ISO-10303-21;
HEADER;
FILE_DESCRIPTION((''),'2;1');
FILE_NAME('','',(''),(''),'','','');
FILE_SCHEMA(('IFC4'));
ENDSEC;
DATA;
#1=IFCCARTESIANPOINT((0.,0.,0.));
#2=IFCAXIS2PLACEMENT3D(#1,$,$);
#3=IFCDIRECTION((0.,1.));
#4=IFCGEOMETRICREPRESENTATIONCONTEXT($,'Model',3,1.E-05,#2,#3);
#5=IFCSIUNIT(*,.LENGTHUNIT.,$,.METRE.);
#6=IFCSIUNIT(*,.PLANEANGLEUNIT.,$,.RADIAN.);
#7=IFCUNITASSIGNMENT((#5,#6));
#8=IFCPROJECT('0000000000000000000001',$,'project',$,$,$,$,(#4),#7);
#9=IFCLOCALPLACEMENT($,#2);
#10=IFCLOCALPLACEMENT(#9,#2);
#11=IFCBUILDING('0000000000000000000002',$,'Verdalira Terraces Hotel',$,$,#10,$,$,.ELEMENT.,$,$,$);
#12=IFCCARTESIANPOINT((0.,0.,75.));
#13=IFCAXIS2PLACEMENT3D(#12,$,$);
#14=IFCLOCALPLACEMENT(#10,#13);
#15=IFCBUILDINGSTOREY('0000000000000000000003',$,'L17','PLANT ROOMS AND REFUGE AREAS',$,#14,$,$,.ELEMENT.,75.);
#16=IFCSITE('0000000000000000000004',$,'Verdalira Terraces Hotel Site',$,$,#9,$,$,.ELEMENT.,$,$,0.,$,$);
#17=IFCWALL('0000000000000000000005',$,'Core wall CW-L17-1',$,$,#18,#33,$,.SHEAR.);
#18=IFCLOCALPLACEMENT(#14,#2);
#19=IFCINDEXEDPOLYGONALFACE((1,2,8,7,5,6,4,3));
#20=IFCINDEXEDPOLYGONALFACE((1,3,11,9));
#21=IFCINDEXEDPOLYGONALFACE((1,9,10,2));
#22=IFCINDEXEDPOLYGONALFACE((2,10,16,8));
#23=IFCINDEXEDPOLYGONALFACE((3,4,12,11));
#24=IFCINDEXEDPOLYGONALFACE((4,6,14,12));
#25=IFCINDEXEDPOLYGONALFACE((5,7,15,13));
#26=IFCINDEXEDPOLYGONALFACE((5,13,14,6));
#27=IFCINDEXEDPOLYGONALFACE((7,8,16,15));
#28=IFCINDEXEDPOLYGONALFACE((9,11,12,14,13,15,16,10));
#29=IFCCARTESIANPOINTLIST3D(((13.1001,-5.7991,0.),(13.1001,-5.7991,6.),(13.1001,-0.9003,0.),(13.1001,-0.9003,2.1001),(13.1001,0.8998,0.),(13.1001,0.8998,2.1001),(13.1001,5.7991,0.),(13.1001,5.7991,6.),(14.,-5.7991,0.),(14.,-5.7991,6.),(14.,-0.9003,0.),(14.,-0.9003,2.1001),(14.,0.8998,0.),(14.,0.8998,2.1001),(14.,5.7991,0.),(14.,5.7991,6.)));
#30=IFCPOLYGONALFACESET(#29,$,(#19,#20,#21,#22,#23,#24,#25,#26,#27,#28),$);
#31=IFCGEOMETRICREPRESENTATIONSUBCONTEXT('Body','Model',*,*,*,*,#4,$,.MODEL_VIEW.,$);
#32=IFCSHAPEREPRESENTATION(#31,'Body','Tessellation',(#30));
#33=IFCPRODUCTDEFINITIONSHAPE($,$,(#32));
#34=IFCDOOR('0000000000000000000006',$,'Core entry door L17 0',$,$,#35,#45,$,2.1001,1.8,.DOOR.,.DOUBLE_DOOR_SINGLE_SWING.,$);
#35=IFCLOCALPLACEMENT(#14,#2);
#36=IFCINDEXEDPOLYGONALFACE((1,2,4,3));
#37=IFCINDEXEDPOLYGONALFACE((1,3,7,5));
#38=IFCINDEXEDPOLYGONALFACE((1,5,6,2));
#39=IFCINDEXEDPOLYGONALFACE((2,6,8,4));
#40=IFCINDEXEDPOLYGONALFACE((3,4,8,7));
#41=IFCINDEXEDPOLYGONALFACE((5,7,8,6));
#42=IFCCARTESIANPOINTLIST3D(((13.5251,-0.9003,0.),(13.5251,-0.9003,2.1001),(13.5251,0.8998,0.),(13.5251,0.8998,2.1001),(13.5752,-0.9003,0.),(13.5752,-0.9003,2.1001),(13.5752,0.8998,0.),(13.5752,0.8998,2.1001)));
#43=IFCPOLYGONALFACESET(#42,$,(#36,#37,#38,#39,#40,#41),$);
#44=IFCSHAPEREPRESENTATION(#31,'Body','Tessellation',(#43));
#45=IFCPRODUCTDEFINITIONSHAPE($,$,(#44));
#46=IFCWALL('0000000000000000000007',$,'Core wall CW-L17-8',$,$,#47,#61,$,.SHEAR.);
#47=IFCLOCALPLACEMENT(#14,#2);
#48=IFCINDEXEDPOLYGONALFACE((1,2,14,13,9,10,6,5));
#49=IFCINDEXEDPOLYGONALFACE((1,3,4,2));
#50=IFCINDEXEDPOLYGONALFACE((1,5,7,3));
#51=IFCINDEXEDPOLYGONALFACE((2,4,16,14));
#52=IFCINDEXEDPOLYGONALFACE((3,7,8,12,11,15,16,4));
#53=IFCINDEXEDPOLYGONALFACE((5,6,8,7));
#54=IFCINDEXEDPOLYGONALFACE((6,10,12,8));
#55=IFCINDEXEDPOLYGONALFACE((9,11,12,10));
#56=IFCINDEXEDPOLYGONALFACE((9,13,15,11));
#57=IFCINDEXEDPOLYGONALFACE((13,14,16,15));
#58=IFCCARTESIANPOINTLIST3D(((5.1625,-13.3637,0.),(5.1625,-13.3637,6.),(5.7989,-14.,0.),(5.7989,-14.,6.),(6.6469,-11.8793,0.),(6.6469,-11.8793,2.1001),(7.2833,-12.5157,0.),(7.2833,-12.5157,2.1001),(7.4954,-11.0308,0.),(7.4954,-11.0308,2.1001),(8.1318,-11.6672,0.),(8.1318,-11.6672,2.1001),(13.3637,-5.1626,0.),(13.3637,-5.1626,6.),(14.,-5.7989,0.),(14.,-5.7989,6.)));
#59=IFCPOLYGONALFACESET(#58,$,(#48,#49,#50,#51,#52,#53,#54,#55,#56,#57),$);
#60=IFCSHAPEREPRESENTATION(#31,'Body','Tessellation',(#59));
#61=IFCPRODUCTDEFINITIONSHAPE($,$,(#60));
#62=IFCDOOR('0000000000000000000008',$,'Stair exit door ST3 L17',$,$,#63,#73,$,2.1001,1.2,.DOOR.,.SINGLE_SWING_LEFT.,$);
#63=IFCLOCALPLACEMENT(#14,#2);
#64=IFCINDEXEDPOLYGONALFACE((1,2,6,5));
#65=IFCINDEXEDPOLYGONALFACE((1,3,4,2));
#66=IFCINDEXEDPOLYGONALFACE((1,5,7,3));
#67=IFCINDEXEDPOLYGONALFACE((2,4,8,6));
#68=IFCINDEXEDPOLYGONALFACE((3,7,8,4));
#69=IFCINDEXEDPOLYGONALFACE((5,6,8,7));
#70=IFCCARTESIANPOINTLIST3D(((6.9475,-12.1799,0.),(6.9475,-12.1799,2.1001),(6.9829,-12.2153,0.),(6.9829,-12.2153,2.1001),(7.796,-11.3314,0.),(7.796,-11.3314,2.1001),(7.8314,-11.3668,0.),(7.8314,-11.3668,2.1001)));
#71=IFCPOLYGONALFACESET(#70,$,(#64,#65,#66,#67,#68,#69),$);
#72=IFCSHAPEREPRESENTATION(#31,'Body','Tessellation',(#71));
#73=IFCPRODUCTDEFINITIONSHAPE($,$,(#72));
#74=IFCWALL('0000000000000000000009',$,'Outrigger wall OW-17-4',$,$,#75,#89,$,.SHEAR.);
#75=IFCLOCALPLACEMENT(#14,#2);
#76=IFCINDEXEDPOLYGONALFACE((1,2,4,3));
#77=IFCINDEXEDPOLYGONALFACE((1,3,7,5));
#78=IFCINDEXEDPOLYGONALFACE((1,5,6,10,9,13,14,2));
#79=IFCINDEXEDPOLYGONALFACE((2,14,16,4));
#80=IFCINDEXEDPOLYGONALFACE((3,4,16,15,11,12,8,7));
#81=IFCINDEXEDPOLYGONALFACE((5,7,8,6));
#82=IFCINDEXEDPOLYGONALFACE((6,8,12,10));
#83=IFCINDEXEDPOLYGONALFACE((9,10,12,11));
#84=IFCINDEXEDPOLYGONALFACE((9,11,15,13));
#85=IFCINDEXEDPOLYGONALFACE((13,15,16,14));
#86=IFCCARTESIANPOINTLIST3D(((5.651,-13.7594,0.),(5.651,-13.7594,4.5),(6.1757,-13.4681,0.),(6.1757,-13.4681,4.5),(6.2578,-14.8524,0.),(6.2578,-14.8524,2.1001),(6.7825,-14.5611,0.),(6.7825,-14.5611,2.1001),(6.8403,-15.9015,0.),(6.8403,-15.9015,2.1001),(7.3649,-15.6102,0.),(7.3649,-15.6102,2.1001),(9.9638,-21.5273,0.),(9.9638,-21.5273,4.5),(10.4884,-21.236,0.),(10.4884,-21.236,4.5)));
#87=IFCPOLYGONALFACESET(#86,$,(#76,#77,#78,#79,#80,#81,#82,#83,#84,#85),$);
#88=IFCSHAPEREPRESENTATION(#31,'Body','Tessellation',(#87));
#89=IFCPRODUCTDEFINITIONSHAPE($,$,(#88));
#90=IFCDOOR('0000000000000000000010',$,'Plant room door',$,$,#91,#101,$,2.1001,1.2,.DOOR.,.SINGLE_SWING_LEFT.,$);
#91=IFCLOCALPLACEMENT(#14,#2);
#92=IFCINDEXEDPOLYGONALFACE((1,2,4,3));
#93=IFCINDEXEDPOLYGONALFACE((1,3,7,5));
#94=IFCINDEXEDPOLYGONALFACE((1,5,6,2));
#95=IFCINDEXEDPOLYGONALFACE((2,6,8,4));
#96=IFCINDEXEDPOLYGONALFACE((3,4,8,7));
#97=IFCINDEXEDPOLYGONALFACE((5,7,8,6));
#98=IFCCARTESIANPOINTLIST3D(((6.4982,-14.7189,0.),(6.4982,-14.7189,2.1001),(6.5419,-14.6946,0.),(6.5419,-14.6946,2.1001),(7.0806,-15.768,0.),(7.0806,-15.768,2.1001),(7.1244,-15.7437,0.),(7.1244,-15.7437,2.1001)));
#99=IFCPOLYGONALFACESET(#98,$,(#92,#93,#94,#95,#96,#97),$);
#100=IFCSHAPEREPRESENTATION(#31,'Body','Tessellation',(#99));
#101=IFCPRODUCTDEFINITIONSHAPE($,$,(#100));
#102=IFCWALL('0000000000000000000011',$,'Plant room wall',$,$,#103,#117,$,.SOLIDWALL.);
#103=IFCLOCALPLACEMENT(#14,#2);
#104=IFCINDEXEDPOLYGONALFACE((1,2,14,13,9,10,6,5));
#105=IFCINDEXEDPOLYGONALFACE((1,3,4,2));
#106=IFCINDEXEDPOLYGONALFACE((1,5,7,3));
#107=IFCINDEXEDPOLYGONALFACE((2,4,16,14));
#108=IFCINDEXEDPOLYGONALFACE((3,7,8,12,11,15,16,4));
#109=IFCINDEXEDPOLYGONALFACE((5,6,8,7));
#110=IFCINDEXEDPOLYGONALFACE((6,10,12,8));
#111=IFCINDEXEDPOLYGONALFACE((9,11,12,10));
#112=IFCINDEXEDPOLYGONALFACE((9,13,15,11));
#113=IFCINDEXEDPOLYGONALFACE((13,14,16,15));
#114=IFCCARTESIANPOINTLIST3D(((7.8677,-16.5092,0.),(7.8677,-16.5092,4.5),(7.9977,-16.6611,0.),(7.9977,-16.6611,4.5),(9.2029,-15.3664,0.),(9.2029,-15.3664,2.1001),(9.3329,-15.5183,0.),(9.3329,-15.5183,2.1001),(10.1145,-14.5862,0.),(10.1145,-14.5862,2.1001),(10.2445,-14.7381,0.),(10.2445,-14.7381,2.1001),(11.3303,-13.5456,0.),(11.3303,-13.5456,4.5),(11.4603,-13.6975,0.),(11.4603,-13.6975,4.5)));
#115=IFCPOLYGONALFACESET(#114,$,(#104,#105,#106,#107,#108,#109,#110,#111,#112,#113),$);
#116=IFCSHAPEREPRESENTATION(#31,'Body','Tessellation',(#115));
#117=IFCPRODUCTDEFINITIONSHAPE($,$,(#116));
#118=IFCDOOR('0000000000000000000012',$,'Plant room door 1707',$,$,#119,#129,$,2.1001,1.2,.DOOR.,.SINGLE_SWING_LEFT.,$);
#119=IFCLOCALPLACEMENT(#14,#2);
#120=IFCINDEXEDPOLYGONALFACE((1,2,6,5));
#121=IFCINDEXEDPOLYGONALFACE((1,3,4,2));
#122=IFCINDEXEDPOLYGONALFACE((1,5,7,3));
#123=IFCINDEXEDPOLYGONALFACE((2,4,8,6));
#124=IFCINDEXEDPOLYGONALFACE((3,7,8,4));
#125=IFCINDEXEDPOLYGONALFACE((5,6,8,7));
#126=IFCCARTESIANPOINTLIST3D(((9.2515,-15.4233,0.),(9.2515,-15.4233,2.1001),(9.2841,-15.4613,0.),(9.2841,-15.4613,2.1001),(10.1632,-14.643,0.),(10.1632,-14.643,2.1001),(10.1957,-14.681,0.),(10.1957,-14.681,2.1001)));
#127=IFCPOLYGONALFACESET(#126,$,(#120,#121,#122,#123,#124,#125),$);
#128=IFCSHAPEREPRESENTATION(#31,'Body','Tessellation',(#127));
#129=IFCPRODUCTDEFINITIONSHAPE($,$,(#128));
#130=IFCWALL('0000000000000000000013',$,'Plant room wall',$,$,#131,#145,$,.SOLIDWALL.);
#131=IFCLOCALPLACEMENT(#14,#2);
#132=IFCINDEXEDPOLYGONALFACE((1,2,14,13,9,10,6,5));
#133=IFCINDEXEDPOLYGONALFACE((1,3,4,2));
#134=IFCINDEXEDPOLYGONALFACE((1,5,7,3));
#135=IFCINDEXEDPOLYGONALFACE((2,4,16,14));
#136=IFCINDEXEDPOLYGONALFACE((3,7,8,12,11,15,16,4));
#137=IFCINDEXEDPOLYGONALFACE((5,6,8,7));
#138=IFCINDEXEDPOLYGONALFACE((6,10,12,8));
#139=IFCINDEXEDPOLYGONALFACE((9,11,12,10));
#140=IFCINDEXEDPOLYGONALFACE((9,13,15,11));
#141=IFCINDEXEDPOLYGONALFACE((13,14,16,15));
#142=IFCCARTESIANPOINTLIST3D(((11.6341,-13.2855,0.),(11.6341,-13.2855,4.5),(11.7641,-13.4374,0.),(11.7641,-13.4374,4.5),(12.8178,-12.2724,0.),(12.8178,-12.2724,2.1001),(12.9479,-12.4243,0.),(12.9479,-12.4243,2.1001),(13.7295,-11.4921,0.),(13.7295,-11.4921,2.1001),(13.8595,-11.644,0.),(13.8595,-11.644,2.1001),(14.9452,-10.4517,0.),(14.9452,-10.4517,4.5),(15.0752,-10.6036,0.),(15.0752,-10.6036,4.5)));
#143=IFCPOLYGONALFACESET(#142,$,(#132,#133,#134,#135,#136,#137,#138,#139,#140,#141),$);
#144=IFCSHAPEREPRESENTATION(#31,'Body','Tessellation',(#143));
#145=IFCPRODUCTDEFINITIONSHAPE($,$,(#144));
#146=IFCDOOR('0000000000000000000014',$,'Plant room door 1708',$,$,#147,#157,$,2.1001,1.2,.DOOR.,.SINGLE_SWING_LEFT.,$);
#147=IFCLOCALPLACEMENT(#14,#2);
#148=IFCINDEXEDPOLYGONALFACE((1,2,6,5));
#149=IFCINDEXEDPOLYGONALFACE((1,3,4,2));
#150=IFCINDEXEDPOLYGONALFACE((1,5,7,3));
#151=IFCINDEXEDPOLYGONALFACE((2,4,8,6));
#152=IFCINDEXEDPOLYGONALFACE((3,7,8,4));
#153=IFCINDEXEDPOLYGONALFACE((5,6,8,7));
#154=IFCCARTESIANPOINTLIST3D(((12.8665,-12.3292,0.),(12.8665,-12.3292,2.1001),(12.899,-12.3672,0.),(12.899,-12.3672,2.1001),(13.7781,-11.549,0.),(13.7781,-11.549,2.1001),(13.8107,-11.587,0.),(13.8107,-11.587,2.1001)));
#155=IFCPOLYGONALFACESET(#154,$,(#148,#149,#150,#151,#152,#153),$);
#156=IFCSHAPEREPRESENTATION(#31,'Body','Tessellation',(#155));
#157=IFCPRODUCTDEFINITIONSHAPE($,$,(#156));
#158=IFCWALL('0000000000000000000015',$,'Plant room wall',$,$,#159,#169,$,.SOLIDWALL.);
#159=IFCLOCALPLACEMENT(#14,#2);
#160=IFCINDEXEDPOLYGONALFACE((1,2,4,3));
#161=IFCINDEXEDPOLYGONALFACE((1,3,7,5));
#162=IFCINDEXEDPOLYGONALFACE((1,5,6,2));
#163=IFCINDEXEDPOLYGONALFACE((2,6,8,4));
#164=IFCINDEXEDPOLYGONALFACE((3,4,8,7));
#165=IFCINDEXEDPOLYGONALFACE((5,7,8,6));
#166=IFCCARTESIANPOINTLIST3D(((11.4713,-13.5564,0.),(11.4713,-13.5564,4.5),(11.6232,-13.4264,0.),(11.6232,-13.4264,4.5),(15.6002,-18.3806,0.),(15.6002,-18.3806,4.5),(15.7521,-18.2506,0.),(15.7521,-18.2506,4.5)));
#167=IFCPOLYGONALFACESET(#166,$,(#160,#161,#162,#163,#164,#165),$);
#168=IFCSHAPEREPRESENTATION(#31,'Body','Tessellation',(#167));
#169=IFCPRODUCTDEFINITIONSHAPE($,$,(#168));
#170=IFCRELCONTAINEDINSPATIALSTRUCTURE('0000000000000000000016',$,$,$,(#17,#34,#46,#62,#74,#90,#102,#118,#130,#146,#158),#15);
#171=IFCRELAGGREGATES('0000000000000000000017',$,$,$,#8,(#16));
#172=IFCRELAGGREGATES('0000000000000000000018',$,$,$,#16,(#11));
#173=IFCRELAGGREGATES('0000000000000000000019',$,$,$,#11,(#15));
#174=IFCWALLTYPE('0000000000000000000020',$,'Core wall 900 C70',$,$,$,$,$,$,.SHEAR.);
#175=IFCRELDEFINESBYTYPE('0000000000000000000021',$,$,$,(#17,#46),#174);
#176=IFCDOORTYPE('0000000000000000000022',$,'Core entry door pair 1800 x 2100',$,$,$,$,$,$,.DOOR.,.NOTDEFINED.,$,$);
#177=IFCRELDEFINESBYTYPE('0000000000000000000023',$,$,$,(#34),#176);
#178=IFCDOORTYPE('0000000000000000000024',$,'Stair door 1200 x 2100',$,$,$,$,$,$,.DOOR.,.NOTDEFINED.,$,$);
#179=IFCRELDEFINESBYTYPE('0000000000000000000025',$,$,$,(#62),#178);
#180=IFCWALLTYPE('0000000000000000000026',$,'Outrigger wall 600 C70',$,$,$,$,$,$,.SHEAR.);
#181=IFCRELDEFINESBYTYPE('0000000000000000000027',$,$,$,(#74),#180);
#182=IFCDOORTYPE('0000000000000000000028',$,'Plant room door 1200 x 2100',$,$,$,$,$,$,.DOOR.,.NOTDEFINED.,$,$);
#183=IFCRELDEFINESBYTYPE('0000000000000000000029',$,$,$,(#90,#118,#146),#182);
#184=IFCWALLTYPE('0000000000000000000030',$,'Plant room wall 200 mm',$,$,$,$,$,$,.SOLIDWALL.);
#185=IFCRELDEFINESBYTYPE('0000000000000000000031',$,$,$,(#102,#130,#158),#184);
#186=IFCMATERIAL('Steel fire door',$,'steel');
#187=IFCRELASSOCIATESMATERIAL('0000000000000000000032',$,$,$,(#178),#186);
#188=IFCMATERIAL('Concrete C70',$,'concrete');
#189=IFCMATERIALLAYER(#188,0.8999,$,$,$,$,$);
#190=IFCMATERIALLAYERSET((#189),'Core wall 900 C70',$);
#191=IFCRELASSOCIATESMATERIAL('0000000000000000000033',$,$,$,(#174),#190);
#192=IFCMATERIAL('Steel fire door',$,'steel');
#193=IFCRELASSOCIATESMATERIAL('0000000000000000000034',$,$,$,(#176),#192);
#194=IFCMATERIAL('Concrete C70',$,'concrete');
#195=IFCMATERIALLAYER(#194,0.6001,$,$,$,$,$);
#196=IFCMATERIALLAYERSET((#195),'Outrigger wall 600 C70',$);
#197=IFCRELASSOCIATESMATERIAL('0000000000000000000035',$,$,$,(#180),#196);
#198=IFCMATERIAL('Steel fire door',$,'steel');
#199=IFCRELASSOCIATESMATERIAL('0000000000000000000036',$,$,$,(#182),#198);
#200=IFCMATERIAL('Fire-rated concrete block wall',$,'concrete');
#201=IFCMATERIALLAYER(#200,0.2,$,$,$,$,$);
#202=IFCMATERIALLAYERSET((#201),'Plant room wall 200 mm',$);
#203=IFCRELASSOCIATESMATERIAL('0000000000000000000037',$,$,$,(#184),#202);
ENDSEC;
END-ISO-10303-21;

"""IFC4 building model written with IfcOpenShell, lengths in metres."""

from ifc_helpers import new_model, si_unit, direction, frame, frame_2d, origin, place, context, subcontext, project, spatial, rectangle, extrude, material, layer, layer_set, type_object, element, fill, save


model = new_model("IFC4")

# Units and contexts
model_context = context("Model", 3, precision=1e-05, world=origin(), true_north=direction((0.0, 1.0)))
body_context = subcontext(model_context, "Body", "Model", "MODEL_VIEW")
ifc_project = project(units=[si_unit("LENGTHUNIT", "METRE"), si_unit("PLANEANGLEUNIT", "RADIAN")], contexts=[model_context])

# Site, building, storey
site_placement = place(None, origin())
site = spatial("IfcSite", under=ifc_project, at=site_placement, Name="Verdalira Terraces Hotel Site", CompositionType="ELEMENT", RefElevation=0.0)
building_placement = place(site_placement, origin())
building = spatial("IfcBuilding", under=site, at=building_placement, Name="Verdalira Terraces Hotel", CompositionType="ELEMENT")
storey_placement = place(building_placement, frame((0.0, 0.0, 75.0)))
storey = spatial("IfcBuildingStorey", under=building, at=storey_placement, Name="L17", Description="PLANT ROOMS AND REFUGE AREAS", CompositionType="ELEMENT", Elevation=75.0)

# Shared definitions
ifc_material_1 = material(Name="Steel fire door", Category="steel")
door_type_1 = type_object("IfcDoorType", Name="Stair door 1200 x 2100", OperationType="NOTDEFINED", PredefinedType="DOOR", material=ifc_material_1)

# Walls, openings, doors
ifc_material_2 = material(Name="Concrete C70", Category="concrete")
ifc_layer_1 = layer(ifc_material_2, 0.8999)
ifc_layer_set_1 = layer_set([ifc_layer_1], Name="Core wall 900 C70")
wall_type_1 = type_object("IfcWallType", Name="Core wall 900 C70", PredefinedType="SHEAR", material=ifc_layer_set_1)
wall_1_placement = place(storey_placement, frame((13.55, -5.7991, 0.0), z_axis=(0.0, 0.0, 1.0), x_axis=(0.0, 1.0, 0.0)))
wall_1 = element("IfcWall", 1, at=wall_1_placement, inside=storey, type_object=wall_type_1, Name="Core wall CW-L17-1", PredefinedType="SHEAR", context=body_context, shape_type="SweptSolid", body=[
    extrude(rectangle(XDim=11.5981, YDim=0.8999, at=frame_2d((5.7991, 0.0))), origin(), (0.0, 0.0, 1.0), 6.0),
])
opening_1_placement = place(wall_1_placement, frame((4.8989, 0.0, 0.0)))
opening_1 = element("IfcOpeningElement", 2, at=opening_1_placement, cuts=wall_1, PredefinedType="OPENING", context=body_context, shape_type="SweptSolid", body=[
    extrude(rectangle(XDim=1.8, YDim=2.1001, at=frame_2d((0.8999, 1.05))), frame((0.0, 0.46, 0.0), z_axis=(0.0, -1.0, 0.0), x_axis=(1.0, 0.0, 0.0)), (0.0, 0.0, 1.0), 0.9199),
])
ifc_material_3 = material(Name="Steel fire door", Category="steel")
door_type_2 = type_object("IfcDoorType", Name="Core entry door pair 1800 x 2100", OperationType="NOTDEFINED", PredefinedType="DOOR", material=ifc_material_3)
door_1_placement = place(opening_1_placement, origin())
door_1 = element("IfcDoor", 3, at=door_1_placement, inside=storey, type_object=door_type_2, Name="Core entry door L17 0", OperationType="DOUBLE_DOOR_SINGLE_SWING", OverallHeight=2.1001, OverallWidth=1.8, PredefinedType="DOOR", context=body_context, shape_type="SweptSolid", body=[
    extrude(rectangle(XDim=1.8, YDim=2.1001, at=frame_2d((0.8999, 1.05))), frame((0.0, 0.0249, 0.0), z_axis=(0.0, -1.0, 0.0), x_axis=(1.0, 0.0, 0.0)), (0.0, 0.0, 1.0), 0.05),
])
fill(opening_1, door_1)
wall_2_placement = place(storey_placement, frame((5.4807, -13.6819, 0.0), z_axis=(0.0, 0.0, 1.0), x_axis=(0.707107, 0.707107, 0.0)))
wall_2 = element("IfcWall", 4, at=wall_2_placement, inside=storey, type_object=wall_type_1, Name="Core wall CW-L17-8", PredefinedType="SHEAR", context=body_context, shape_type="SweptSolid", body=[
    extrude(rectangle(XDim=11.5981, YDim=0.8999, at=frame_2d((5.7991, 0.0))), origin(), (0.0, 0.0, 1.0), 6.0),
])
opening_2_placement = place(wall_2_placement, frame((2.0991, 0.0, 0.0)))
opening_2 = element("IfcOpeningElement", 5, at=opening_2_placement, cuts=wall_2, PredefinedType="OPENING", context=body_context, shape_type="SweptSolid", body=[
    extrude(rectangle(XDim=1.2, YDim=2.1001, at=frame_2d((0.6001, 1.05))), frame((0.0, 0.46, 0.0), z_axis=(0.0, -1.0, 0.0), x_axis=(1.0, 0.0, 0.0)), (0.0, 0.0, 1.0), 0.9199),
])
door_2_placement = place(opening_2_placement, origin())
door_2 = element("IfcDoor", 6, at=door_2_placement, inside=storey, type_object=door_type_1, Name="Stair exit door ST3 L17", OperationType="SINGLE_SWING_LEFT", OverallHeight=2.1001, OverallWidth=1.2, PredefinedType="DOOR", context=body_context, shape_type="SweptSolid", body=[
    extrude(rectangle(XDim=1.2, YDim=2.1001, at=frame_2d((0.6001, 1.05))), frame((0.0, 0.0249, 0.0), z_axis=(0.0, -1.0, 0.0), x_axis=(1.0, 0.0, 0.0)), (0.0, 0.0, 1.0), 0.05),
])
fill(opening_2, door_2)
ifc_material_4 = material(Name="Concrete C70", Category="concrete")
ifc_layer_2 = layer(ifc_material_4, 0.6001)
ifc_layer_set_2 = layer_set([ifc_layer_2], Name="Outrigger wall 600 C70")
wall_type_2 = type_object("IfcWallType", Name="Outrigger wall 600 C70", PredefinedType="SHEAR", material=ifc_layer_set_2)
wall_3_placement = place(storey_placement, frame((5.9133, -13.6138, 0.0), z_axis=(0.0, 0.0, 1.0), x_axis=(0.48541, -0.874287, 0.0)))
wall_3 = element("IfcWall", 7, at=wall_3_placement, inside=storey, type_object=wall_type_2, Name="Outrigger wall OW-17-4", PredefinedType="SHEAR", context=body_context, shape_type="SweptSolid", body=[
    extrude(rectangle(XDim=8.8848, YDim=0.6001, at=frame_2d((4.4424, 0.0))), origin(), (0.0, 0.0, 1.0), 4.5),
])
opening_3_placement = place(wall_3_placement, frame((1.25, 0.0, 0.0)))
opening_3 = element("IfcOpeningElement", 8, at=opening_3_placement, cuts=wall_3, PredefinedType="OPENING", context=body_context, shape_type="SweptSolid", body=[
    extrude(rectangle(XDim=1.2, YDim=2.1001, at=frame_2d((0.6001, 1.05))), frame((0.0, 0.3101, 0.0), z_axis=(0.0, -1.0, 0.0), x_axis=(1.0, 0.0, 0.0)), (0.0, 0.0, 1.0), 0.6201),
])
ifc_material_5 = material(Name="Steel fire door", Category="steel")
door_type_3 = type_object("IfcDoorType", Name="Plant room door 1200 x 2100", OperationType="NOTDEFINED", PredefinedType="DOOR", material=ifc_material_5)
door_3_placement = place(opening_3_placement, origin())
door_3 = element("IfcDoor", 9, at=door_3_placement, inside=storey, type_object=door_type_3, Name="Plant room door", OperationType="SINGLE_SWING_LEFT", OverallHeight=2.1001, OverallWidth=1.2, PredefinedType="DOOR", context=body_context, shape_type="SweptSolid", body=[
    extrude(rectangle(XDim=1.2, YDim=2.1001, at=frame_2d((0.6001, 1.05))), frame((0.0, 0.0249, 0.0), z_axis=(0.0, -1.0, 0.0), x_axis=(1.0, 0.0, 0.0)), (0.0, 0.0, 1.0), 0.05),
])
fill(opening_3, door_3)
ifc_material_6 = material(Name="Fire-rated concrete block wall", Category="concrete")
ifc_layer_3 = layer(ifc_material_6, 0.2)
ifc_layer_set_3 = layer_set([ifc_layer_3], Name="Plant room wall 200 mm")
wall_type_3 = type_object("IfcWallType", Name="Plant room wall 200 mm", PredefinedType="SOLIDWALL", material=ifc_layer_set_3)
wall_4_placement = place(storey_placement, frame((11.3953, -13.6216, 0.0), z_axis=(0.0, 0.0, 1.0), x_axis=(-0.759729, -0.65024, 0.0)))
wall_4 = element("IfcWall", 10, at=wall_4_placement, inside=storey, type_object=wall_type_3, Name="Plant room wall", PredefinedType="SOLIDWALL", context=body_context, shape_type="SweptSolid", body=[
    extrude(rectangle(XDim=4.5576, YDim=0.2, at=frame_2d((2.2788, 0.0))), origin(), (0.0, 0.0, 1.0), 4.5),
])
opening_4_placement = place(wall_4_placement, frame((1.6001, 0.0, 0.0)))
opening_4 = element("IfcOpeningElement", 11, at=opening_4_placement, cuts=wall_4, PredefinedType="OPENING", context=body_context, shape_type="SweptSolid", body=[
    extrude(rectangle(XDim=1.2, YDim=2.1001, at=frame_2d((0.6001, 1.05))), frame((0.0, 0.1099, 0.0), z_axis=(0.0, -1.0, 0.0), x_axis=(1.0, 0.0, 0.0)), (0.0, 0.0, 1.0), 0.22),
])
door_4_placement = place(opening_4_placement, origin())
door_4 = element("IfcDoor", 12, at=door_4_placement, inside=storey, type_object=door_type_3, Name="Plant room door 1707", OperationType="SINGLE_SWING_LEFT", OverallHeight=2.1001, OverallWidth=1.2, PredefinedType="DOOR", context=body_context, shape_type="SweptSolid", body=[
    extrude(rectangle(XDim=1.2, YDim=2.1001, at=frame_2d((0.6001, 1.05))), frame((0.0, 0.0249, 0.0), z_axis=(0.0, -1.0, 0.0), x_axis=(1.0, 0.0, 0.0)), (0.0, 0.0, 1.0), 0.05),
])
fill(opening_4, door_4)
wall_5_placement = place(storey_placement, frame((15.0103, -10.5276, 0.0), z_axis=(0.0, 0.0, 1.0), x_axis=(-0.759743, -0.650224, 0.0)))
wall_5 = element("IfcWall", 13, at=wall_5_placement, inside=storey, type_object=wall_type_3, Name="Plant room wall", PredefinedType="SOLIDWALL", context=body_context, shape_type="SweptSolid", body=[
    extrude(rectangle(XDim=4.3582, YDim=0.2, at=frame_2d((2.1792, 0.0))), origin(), (0.0, 0.0, 1.0), 4.5),
])
opening_5_placement = place(wall_5_placement, frame((1.6001, 0.0, 0.0)))
opening_5 = element("IfcOpeningElement", 14, at=opening_5_placement, cuts=wall_5, PredefinedType="OPENING", context=body_context, shape_type="SweptSolid", body=[
    extrude(rectangle(XDim=1.2, YDim=2.1001, at=frame_2d((0.6001, 1.05))), frame((0.0, 0.1099, 0.0), z_axis=(0.0, -1.0, 0.0), x_axis=(1.0, 0.0, 0.0)), (0.0, 0.0, 1.0), 0.22),
])
door_5_placement = place(opening_5_placement, origin())
door_5 = element("IfcDoor", 15, at=door_5_placement, inside=storey, type_object=door_type_3, Name="Plant room door 1708", OperationType="SINGLE_SWING_LEFT", OverallHeight=2.1001, OverallWidth=1.2, PredefinedType="DOOR", context=body_context, shape_type="SweptSolid", body=[
    extrude(rectangle(XDim=1.2, YDim=2.1001, at=frame_2d((0.6001, 1.05))), frame((0.0, 0.0249, 0.0), z_axis=(0.0, -1.0, 0.0), x_axis=(1.0, 0.0, 0.0)), (0.0, 0.0, 1.0), 0.05),
])
fill(opening_5, door_5)

# Wall
wall_6_placement = place(storey_placement, frame((11.5474, -13.4915, 0.0), z_axis=(0.0, 0.0, 1.0), x_axis=(0.650234, -0.759734, 0.0)))
element("IfcWall", 16, at=wall_6_placement, inside=storey, type_object=wall_type_3, Name="Plant room wall", PredefinedType="SOLIDWALL", context=body_context, shape_type="SweptSolid", body=[
    extrude(rectangle(XDim=6.3499, YDim=0.2, at=frame_2d((3.1748, 0.0))), origin(), (0.0, 0.0, 1.0), 4.5),
])

save(model, "model.ifc")
